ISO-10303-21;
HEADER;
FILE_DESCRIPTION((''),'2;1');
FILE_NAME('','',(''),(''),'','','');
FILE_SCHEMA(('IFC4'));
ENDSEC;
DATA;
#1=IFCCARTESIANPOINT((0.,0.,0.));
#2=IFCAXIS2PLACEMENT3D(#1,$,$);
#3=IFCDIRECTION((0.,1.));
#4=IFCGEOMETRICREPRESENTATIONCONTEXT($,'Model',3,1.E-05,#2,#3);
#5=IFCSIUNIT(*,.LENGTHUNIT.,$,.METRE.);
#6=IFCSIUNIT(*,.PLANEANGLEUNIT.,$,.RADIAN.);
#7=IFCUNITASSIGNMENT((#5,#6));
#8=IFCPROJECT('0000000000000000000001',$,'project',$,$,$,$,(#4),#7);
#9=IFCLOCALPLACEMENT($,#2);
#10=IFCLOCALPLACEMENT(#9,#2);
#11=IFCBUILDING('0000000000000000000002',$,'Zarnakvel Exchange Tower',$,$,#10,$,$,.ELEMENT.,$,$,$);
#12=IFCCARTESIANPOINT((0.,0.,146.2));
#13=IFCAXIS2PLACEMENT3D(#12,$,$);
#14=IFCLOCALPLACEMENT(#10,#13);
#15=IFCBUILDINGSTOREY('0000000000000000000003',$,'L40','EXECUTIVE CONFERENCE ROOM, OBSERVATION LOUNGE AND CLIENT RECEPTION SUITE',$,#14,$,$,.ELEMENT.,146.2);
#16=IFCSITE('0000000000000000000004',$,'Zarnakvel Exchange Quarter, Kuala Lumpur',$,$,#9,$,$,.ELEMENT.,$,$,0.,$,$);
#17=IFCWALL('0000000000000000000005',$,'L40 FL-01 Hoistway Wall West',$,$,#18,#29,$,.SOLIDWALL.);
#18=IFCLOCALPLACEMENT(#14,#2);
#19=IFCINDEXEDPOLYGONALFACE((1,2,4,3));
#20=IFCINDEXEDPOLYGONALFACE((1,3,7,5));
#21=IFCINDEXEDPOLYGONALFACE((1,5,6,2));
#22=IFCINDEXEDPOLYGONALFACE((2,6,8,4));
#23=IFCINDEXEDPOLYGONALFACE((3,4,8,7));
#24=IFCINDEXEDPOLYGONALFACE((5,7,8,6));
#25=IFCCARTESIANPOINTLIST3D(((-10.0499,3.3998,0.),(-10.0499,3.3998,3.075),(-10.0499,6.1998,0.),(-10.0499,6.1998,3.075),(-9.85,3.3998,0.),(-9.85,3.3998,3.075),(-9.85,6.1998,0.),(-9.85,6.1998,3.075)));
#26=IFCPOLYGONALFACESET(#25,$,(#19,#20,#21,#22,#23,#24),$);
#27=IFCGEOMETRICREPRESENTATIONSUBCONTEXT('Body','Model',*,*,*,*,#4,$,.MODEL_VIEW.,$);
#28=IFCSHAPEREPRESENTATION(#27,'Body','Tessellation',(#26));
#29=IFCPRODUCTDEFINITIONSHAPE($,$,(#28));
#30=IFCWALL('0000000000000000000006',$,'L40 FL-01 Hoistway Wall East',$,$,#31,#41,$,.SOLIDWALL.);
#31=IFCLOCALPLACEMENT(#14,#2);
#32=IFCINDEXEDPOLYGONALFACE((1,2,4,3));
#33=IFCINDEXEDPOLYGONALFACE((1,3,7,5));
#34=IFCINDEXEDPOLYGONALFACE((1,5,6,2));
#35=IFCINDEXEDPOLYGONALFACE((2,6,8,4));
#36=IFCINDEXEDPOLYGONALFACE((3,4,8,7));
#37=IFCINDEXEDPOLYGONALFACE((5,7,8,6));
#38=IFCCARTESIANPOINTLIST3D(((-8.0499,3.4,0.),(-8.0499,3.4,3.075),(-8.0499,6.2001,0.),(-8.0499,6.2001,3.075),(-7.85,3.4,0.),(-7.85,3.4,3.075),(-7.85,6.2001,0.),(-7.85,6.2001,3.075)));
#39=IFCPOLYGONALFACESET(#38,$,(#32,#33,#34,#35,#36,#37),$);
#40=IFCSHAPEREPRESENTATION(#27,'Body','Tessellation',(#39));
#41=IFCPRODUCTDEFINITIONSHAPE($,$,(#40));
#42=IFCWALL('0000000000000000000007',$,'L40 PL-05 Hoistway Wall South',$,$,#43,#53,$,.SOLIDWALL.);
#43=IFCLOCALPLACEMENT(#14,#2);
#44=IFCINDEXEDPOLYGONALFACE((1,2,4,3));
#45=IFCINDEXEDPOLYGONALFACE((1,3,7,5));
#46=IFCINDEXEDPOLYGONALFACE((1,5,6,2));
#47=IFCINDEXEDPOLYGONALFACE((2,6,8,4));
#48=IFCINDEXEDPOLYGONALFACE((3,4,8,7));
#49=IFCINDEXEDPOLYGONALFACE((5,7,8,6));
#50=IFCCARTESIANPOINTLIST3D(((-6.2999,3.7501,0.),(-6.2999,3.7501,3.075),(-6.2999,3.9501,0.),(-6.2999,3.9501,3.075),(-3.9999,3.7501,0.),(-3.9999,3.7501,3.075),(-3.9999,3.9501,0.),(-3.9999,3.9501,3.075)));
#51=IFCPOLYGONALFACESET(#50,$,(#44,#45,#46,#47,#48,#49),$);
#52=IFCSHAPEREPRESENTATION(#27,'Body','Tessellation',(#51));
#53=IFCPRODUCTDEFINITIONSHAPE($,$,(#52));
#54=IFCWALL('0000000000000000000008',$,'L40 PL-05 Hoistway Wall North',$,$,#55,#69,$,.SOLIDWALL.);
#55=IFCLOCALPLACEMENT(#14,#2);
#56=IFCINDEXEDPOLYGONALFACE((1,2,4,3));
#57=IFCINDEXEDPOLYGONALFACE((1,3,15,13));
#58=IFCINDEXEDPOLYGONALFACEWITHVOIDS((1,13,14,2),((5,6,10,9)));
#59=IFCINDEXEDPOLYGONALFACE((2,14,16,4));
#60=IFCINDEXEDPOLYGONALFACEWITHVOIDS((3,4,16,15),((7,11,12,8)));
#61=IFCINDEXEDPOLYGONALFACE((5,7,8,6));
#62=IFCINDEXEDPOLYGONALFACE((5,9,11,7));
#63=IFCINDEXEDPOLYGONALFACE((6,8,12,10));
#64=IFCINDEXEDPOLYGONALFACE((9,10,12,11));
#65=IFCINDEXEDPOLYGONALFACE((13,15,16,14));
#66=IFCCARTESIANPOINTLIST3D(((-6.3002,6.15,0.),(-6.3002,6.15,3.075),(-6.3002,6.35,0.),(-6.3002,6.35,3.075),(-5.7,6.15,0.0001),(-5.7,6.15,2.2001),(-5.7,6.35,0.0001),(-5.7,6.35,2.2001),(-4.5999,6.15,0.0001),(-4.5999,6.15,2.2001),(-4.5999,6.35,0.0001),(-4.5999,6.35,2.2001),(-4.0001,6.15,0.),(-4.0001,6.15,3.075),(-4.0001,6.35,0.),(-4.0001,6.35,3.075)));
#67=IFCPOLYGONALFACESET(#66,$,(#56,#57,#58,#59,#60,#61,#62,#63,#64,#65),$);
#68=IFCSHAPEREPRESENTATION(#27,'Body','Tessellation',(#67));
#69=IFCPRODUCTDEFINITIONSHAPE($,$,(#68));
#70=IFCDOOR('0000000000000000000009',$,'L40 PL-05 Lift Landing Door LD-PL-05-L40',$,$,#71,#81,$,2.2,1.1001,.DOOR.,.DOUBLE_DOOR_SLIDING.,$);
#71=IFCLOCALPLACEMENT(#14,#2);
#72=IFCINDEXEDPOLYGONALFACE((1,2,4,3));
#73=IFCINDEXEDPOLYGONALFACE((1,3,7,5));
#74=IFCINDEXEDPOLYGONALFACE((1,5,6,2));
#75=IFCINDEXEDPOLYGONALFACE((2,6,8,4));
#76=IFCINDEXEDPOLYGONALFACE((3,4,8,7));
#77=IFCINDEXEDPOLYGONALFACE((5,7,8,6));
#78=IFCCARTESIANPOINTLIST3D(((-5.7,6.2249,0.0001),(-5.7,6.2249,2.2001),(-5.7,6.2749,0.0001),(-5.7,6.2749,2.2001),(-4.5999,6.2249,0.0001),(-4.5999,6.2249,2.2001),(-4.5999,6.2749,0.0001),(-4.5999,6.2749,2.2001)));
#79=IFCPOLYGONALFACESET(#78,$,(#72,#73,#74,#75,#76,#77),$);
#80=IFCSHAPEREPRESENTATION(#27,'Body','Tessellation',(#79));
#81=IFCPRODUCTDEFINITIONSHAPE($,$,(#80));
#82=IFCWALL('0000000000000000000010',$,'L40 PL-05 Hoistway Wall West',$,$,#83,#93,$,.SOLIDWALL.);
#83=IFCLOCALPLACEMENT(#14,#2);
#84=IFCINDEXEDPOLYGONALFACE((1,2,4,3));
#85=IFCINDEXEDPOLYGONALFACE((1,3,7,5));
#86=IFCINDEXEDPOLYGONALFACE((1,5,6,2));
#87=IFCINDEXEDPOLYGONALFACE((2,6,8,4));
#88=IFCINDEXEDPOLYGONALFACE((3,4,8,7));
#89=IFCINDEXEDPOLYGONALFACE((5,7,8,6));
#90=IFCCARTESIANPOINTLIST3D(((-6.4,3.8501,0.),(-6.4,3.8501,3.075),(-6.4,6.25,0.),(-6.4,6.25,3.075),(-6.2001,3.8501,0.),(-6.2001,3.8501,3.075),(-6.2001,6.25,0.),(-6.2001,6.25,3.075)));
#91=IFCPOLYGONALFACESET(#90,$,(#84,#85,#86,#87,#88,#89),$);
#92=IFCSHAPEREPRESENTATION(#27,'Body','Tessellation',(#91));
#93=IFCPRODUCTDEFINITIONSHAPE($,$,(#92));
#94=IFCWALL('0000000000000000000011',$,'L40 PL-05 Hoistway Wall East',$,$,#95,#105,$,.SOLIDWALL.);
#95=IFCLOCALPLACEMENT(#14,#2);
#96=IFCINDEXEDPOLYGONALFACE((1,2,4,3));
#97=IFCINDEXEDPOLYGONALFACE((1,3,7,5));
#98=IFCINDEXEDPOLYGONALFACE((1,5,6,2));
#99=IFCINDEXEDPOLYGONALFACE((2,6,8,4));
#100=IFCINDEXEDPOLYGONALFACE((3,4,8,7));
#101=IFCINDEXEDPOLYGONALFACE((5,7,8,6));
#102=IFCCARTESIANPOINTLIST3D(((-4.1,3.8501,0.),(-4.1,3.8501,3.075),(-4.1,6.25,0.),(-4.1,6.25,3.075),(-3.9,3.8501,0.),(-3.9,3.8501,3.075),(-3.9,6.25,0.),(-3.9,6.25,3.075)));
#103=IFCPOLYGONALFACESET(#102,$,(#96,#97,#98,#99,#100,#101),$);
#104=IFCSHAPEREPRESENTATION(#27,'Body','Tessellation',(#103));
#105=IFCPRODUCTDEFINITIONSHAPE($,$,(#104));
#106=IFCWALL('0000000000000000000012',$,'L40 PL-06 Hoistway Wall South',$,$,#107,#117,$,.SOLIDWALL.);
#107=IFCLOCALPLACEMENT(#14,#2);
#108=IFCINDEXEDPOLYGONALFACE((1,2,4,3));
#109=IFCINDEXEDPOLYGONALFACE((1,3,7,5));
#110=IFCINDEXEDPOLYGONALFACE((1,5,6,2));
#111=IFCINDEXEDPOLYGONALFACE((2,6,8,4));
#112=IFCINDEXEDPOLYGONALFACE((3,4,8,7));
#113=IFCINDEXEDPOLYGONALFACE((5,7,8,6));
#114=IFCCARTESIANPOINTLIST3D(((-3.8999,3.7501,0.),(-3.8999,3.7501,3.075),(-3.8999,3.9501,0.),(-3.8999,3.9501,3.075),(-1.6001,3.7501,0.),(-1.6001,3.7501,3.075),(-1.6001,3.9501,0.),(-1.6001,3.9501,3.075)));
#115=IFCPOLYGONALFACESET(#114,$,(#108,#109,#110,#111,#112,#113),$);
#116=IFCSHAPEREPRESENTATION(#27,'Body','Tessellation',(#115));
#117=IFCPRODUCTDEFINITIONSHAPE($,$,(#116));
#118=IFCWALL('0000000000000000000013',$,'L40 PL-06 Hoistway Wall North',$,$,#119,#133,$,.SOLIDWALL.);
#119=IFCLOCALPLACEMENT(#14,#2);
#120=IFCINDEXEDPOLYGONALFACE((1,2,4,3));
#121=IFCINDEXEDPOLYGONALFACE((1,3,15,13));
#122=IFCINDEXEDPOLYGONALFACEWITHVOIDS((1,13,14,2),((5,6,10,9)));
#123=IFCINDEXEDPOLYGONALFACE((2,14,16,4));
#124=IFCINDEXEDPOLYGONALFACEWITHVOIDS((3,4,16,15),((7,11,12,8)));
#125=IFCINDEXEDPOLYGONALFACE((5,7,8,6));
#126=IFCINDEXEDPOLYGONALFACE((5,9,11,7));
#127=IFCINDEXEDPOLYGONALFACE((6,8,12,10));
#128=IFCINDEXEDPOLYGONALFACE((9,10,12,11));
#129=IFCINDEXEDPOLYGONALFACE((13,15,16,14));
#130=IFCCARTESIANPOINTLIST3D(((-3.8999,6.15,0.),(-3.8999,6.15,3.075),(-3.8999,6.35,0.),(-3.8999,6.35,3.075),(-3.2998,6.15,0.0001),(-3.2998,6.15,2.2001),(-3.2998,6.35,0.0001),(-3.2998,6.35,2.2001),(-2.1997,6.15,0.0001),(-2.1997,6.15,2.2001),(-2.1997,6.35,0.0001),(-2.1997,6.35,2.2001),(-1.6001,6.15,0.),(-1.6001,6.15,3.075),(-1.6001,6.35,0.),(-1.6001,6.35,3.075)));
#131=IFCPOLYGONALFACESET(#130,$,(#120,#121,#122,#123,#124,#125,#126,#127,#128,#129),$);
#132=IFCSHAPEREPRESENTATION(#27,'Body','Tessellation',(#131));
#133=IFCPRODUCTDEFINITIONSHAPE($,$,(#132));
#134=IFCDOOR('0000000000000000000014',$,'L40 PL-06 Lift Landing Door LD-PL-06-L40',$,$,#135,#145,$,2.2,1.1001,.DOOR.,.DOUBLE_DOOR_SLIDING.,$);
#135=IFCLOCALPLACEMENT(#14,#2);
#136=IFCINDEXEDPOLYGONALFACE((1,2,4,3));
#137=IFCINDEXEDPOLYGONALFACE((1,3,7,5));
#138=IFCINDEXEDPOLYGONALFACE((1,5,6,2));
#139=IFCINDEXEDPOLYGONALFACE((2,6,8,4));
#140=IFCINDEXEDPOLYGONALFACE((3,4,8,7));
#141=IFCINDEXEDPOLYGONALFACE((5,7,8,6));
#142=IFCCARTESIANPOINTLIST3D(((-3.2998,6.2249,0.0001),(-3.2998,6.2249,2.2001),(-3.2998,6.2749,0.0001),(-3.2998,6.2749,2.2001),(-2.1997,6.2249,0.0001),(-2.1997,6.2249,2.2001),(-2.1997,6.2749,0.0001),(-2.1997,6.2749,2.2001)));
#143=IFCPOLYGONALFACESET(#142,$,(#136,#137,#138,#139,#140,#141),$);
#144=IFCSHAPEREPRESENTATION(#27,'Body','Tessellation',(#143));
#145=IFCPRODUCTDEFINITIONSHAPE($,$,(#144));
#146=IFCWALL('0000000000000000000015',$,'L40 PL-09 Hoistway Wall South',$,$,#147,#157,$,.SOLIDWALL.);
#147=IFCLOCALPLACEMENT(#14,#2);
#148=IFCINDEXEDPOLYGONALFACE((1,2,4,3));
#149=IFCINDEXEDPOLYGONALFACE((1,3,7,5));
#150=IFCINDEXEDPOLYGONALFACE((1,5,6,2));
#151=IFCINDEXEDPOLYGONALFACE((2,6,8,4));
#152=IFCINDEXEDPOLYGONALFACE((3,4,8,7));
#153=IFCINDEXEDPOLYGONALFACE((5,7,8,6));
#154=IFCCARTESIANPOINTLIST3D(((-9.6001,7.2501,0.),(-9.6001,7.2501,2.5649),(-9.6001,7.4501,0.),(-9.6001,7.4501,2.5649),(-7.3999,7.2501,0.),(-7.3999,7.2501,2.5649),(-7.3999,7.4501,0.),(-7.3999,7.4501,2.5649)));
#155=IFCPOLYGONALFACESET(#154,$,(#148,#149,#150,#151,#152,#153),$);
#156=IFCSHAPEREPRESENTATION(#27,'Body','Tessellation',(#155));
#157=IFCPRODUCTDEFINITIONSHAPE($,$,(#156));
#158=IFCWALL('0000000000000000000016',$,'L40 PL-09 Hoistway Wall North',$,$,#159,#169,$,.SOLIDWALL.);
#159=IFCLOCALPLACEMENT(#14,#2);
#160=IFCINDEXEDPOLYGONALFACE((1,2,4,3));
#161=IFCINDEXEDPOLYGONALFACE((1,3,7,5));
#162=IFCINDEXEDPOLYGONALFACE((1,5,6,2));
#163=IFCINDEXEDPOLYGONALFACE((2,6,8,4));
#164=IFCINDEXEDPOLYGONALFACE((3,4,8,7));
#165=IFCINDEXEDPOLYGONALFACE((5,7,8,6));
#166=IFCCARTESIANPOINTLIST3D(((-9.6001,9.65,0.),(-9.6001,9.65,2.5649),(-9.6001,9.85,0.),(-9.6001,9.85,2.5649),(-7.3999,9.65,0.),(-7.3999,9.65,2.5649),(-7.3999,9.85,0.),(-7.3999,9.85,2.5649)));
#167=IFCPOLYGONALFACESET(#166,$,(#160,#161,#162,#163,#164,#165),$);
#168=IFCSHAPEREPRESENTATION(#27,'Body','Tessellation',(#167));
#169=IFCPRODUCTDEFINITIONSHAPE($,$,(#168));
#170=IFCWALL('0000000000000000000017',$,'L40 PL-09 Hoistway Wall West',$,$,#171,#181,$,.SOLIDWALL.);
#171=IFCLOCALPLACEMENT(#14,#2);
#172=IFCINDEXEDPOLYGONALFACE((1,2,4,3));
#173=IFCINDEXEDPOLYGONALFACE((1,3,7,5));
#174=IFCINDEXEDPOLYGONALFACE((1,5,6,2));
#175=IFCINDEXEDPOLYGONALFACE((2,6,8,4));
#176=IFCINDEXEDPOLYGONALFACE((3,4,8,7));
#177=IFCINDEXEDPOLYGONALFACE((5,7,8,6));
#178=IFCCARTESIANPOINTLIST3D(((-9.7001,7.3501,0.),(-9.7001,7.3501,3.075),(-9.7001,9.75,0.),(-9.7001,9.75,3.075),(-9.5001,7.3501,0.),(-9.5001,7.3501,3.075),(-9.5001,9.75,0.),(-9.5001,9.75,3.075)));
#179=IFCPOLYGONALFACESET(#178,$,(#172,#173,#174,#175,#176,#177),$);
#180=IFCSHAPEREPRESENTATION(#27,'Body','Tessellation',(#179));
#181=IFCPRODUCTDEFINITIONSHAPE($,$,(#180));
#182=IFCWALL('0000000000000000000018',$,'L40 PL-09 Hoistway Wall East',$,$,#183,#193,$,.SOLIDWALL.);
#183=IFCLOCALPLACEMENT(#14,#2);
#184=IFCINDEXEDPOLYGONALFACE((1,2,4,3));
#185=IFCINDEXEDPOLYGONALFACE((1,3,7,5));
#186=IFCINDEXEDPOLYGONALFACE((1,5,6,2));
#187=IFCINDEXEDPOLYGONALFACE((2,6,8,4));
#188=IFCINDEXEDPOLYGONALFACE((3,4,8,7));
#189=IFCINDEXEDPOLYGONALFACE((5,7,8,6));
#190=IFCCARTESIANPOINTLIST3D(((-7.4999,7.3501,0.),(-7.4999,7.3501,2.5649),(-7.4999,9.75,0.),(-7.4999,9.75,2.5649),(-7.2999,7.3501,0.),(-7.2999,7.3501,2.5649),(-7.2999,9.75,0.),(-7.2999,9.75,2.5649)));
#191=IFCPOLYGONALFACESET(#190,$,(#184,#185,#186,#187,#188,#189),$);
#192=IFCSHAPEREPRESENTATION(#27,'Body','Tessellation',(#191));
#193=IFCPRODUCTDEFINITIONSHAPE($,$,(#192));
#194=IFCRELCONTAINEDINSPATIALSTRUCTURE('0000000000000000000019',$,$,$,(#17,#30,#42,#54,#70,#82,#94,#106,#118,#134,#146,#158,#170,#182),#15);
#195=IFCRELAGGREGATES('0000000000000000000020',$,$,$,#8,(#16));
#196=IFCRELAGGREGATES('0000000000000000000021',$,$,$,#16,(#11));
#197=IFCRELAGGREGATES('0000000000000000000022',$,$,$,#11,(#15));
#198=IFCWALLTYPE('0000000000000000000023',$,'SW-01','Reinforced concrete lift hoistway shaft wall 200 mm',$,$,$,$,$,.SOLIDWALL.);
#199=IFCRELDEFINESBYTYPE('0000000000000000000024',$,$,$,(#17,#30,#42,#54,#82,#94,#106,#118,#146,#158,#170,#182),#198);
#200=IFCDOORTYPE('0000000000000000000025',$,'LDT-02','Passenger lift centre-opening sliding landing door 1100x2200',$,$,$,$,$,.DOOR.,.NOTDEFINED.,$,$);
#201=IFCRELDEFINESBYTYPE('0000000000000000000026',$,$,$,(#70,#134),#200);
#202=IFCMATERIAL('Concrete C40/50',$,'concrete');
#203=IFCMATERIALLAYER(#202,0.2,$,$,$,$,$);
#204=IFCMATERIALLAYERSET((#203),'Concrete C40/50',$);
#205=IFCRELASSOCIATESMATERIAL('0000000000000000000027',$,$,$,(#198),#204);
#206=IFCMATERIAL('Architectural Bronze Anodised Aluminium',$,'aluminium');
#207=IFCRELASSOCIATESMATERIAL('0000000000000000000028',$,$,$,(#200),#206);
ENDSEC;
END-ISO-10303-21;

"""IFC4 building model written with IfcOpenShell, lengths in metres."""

from ifc_helpers import new_model, si_unit, direction, frame, frame_2d, origin, place, context, subcontext, project, spatial, rectangle, extrude, source, transform, mapped, material, layer, layer_set, type_object, element, fill, save


model = new_model("IFC4")

# Units and contexts
model_context = context("Model", 3, precision=1e-05, world=origin(), true_north=direction((0.0, 1.0)))
body_context = subcontext(model_context, "Body", "Model", "MODEL_VIEW")
ifc_project = project(units=[si_unit("LENGTHUNIT", "METRE"), si_unit("PLANEANGLEUNIT", "RADIAN")], contexts=[model_context])

# Site, building, storey
site_placement = place(None, origin())
site = spatial("IfcSite", under=ifc_project, at=site_placement, Name="Zarnakvel Exchange Quarter, Kuala Lumpur", CompositionType="ELEMENT", RefElevation=0.0)
building_placement = place(site_placement, origin())
building = spatial("IfcBuilding", under=site, at=building_placement, Name="Zarnakvel Exchange Tower", CompositionType="ELEMENT")
storey_placement = place(building_placement, frame((0.0, 0.0, 146.2)))
storey = spatial("IfcBuildingStorey", under=building, at=storey_placement, Name="L40", Description="EXECUTIVE CONFERENCE ROOM, OBSERVATION LOUNGE AND CLIENT RECEPTION SUITE", CompositionType="ELEMENT", Elevation=146.2)

# Shared definitions
ifc_material_1 = material(Name="Concrete C40/50", Category="concrete")
ifc_layer_1 = layer(ifc_material_1, 0.2)
ifc_layer_set_1 = layer_set([ifc_layer_1], Name="Concrete C40/50")
wall_type_1 = type_object("IfcWallType", Name="SW-01", Description="Reinforced concrete lift hoistway shaft wall 200 mm", PredefinedType="SOLIDWALL", material=ifc_layer_set_1)
shared_shape_1 = source(origin(), body_context, "Body", "SweptSolid", [
    extrude(rectangle(XDim=1.1001, YDim=2.2, at=frame_2d((0.55, 1.1001))), frame((0.0, 0.0249, 0.0), z_axis=(0.0, -1.0, 0.0), x_axis=(1.0, 0.0, 0.0)), (0.0, 0.0, 1.0), 0.05),
])

# Walls
for number, where, z_axis, x_axis, name in (
    (1, (-9.95, 3.3999, 0.0), (0.0, 0.0, 1.0), (0.0, 1.0, 0.0), "L40 FL-01 Hoistway Wall West"),
    (2, (-7.95, 6.2, 0.0), (0.0, 0.0, 1.0), (0.0, -1.0, 0.0), "L40 FL-01 Hoistway Wall East"),
):
    element("IfcWall", number, at=place(storey_placement, frame(where, z_axis=z_axis, x_axis=x_axis)), inside=storey, type_object=wall_type_1, Name=name, PredefinedType="SOLIDWALL", context=body_context, shape_type="SweptSolid", body=[
        extrude(rectangle(XDim=2.8, YDim=0.2, at=frame_2d((1.3999, 0.0))), origin(), (0.0, 0.0, 1.0), 3.075),
    ])
wall_1_placement = place(storey_placement, frame((-4.0, 3.8501, 0.0), z_axis=(0.0, 0.0, 1.0), x_axis=(-1.0, 0.0, 0.0)))
element("IfcWall", 3, at=wall_1_placement, inside=storey, type_object=wall_type_1, Name="L40 PL-05 Hoistway Wall South", PredefinedType="SOLIDWALL", context=body_context, shape_type="SweptSolid", body=[
    extrude(rectangle(XDim=2.3, YDim=0.2, at=frame_2d((1.1499, 0.0))), origin(), (0.0, 0.0, 1.0), 3.075),
])

# Wall, opening, door
wall_2_placement = place(storey_placement, frame((-6.3, 6.25, 0.0), z_axis=(0.0, 0.0, 1.0), x_axis=(1.0, 0.0, 0.0)))
wall_2 = element("IfcWall", 4, at=wall_2_placement, inside=storey, type_object=wall_type_1, Name="L40 PL-05 Hoistway Wall North", PredefinedType="SOLIDWALL", context=body_context, shape_type="SweptSolid", body=[
    extrude(rectangle(XDim=2.3, YDim=0.2, at=frame_2d((1.1499, 0.0))), origin(), (0.0, 0.0, 1.0), 3.075),
])
opening_1_placement = place(wall_2_placement, frame((0.6001, 0.0, 0.0)))
opening_1 = element("IfcOpeningElement", 5, at=opening_1_placement, cuts=wall_2, PredefinedType="OPENING", context=body_context, shape_type="SweptSolid", body=[
    extrude(rectangle(XDim=1.1001, YDim=2.2, at=frame_2d((0.55, 1.1001))), frame((0.0, 0.1099, 0.0), z_axis=(0.0, -1.0, 0.0), x_axis=(1.0, 0.0, 0.0)), (0.0, 0.0, 1.0), 0.22),
])
ifc_material_2 = material(Name="Architectural Bronze Anodised Aluminium", Category="aluminium")
door_type_1 = type_object("IfcDoorType", Name="LDT-02", Description="Passenger lift centre-opening sliding landing door 1100x2200", OperationType="NOTDEFINED", PredefinedType="DOOR", material=ifc_material_2)
door_1_placement = place(opening_1_placement, origin())
door_1 = element("IfcDoor", 6, at=door_1_placement, inside=storey, type_object=door_type_1, Name="L40 PL-05 Lift Landing Door LD-PL-05-L40", OperationType="DOUBLE_DOOR_SLIDING", OverallHeight=2.2, OverallWidth=1.1001, PredefinedType="DOOR", context=body_context, shape_type="MappedRepresentation", body=[
    mapped(shared_shape_1, transform((0.0, 0.0, 0.0), x_axis=(1.0, 0.0, 0.0), y_axis=(0.0, 1.0, 0.0), z_axis=(0.0, 0.0, 1.0), scale=1.0)),
])
fill(opening_1, door_1)

# Walls
for number, where, z_axis, x_axis, name in (
    (7, (-6.3, 3.8501, 0.0), (0.0, 0.0, 1.0), (0.0, 1.0, 0.0), "L40 PL-05 Hoistway Wall West"),
    (8, (-4.0, 6.25, 0.0), (0.0, 0.0, 1.0), (0.0, -1.0, 0.0), "L40 PL-05 Hoistway Wall East"),
):
    element("IfcWall", number, at=place(storey_placement, frame(where, z_axis=z_axis, x_axis=x_axis)), inside=storey, type_object=wall_type_1, Name=name, PredefinedType="SOLIDWALL", context=body_context, shape_type="SweptSolid", body=[
        extrude(rectangle(XDim=2.3999, YDim=0.2, at=frame_2d((1.2, 0.0))), origin(), (0.0, 0.0, 1.0), 3.075),
    ])
wall_3_placement = place(storey_placement, frame((-1.6001, 3.8501, 0.0), z_axis=(0.0, 0.0, 1.0), x_axis=(-1.0, 0.0, 0.0)))
element("IfcWall", 9, at=wall_3_placement, inside=storey, type_object=wall_type_1, Name="L40 PL-06 Hoistway Wall South", PredefinedType="SOLIDWALL", context=body_context, shape_type="SweptSolid", body=[
    extrude(rectangle(XDim=2.2998, YDim=0.2, at=frame_2d((1.1499, 0.0))), origin(), (0.0, 0.0, 1.0), 3.075),
])

# Wall, opening, door
wall_4_placement = place(storey_placement, frame((-3.8999, 6.25, 0.0), z_axis=(0.0, 0.0, 1.0), x_axis=(1.0, 0.0, 0.0)))
wall_4 = element("IfcWall", 10, at=wall_4_placement, inside=storey, type_object=wall_type_1, Name="L40 PL-06 Hoistway Wall North", PredefinedType="SOLIDWALL", context=body_context, shape_type="SweptSolid", body=[
    extrude(rectangle(XDim=2.2998, YDim=0.2, at=frame_2d((1.1499, 0.0))), origin(), (0.0, 0.0, 1.0), 3.075),
])
opening_2_placement = place(wall_4_placement, frame((0.6001, 0.0, 0.0)))
opening_2 = element("IfcOpeningElement", 11, at=opening_2_placement, cuts=wall_4, PredefinedType="OPENING", context=body_context, shape_type="SweptSolid", body=[
    extrude(rectangle(XDim=1.1001, YDim=2.2, at=frame_2d((0.55, 1.1001))), frame((0.0, 0.1099, 0.0), z_axis=(0.0, -1.0, 0.0), x_axis=(1.0, 0.0, 0.0)), (0.0, 0.0, 1.0), 0.22),
])
door_2_placement = place(opening_2_placement, origin())
door_2 = element("IfcDoor", 12, at=door_2_placement, inside=storey, type_object=door_type_1, Name="L40 PL-06 Lift Landing Door LD-PL-06-L40", OperationType="DOUBLE_DOOR_SLIDING", OverallHeight=2.2, OverallWidth=1.1001, PredefinedType="DOOR", context=body_context, shape_type="MappedRepresentation", body=[
    mapped(shared_shape_1, transform((0.0, 0.0, 0.0), x_axis=(1.0, 0.0, 0.0), y_axis=(0.0, 1.0, 0.0), z_axis=(0.0, 0.0, 1.0), scale=1.0)),
])
fill(opening_2, door_2)

# Walls
for number, where, z_axis, x_axis, name in (
    (13, (-7.3999, 7.3501, 0.0), (0.0, 0.0, 1.0), (-1.0, 0.0, 0.0), "L40 PL-09 Hoistway Wall South"),
    (14, (-9.6001, 9.75, 0.0), (0.0, 0.0, 1.0), (1.0, 0.0, 0.0), "L40 PL-09 Hoistway Wall North"),
):
    element("IfcWall", number, at=place(storey_placement, frame(where, z_axis=z_axis, x_axis=x_axis)), inside=storey, type_object=wall_type_1, Name=name, PredefinedType="SOLIDWALL", context=body_context, shape_type="SweptSolid", body=[
        extrude(rectangle(XDim=2.2002, YDim=0.2, at=frame_2d((1.1001, 0.0))), origin(), (0.0, 0.0, 1.0), 2.5649),
    ])
wall_5_placement = place(storey_placement, frame((-9.6001, 7.3501, 0.0), z_axis=(0.0, 0.0, 1.0), x_axis=(0.0, 1.0, 0.0)))
element("IfcWall", 15, at=wall_5_placement, inside=storey, type_object=wall_type_1, Name="L40 PL-09 Hoistway Wall West", PredefinedType="SOLIDWALL", context=body_context, shape_type="SweptSolid", body=[
    extrude(rectangle(XDim=2.3999, YDim=0.2, at=frame_2d((1.2, 0.0))), origin(), (0.0, 0.0, 1.0), 3.075),
])
wall_6_placement = place(storey_placement, frame((-7.3999, 9.75, 0.0), z_axis=(0.0, 0.0, 1.0), x_axis=(0.0, -1.0, 0.0)))
element("IfcWall", 16, at=wall_6_placement, inside=storey, type_object=wall_type_1, Name="L40 PL-09 Hoistway Wall East", PredefinedType="SOLIDWALL", context=body_context, shape_type="SweptSolid", body=[
    extrude(rectangle(XDim=2.3999, YDim=0.2, at=frame_2d((1.2, 0.0))), origin(), (0.0, 0.0, 1.0), 2.5649),
])

save(model, "model.ifc")
